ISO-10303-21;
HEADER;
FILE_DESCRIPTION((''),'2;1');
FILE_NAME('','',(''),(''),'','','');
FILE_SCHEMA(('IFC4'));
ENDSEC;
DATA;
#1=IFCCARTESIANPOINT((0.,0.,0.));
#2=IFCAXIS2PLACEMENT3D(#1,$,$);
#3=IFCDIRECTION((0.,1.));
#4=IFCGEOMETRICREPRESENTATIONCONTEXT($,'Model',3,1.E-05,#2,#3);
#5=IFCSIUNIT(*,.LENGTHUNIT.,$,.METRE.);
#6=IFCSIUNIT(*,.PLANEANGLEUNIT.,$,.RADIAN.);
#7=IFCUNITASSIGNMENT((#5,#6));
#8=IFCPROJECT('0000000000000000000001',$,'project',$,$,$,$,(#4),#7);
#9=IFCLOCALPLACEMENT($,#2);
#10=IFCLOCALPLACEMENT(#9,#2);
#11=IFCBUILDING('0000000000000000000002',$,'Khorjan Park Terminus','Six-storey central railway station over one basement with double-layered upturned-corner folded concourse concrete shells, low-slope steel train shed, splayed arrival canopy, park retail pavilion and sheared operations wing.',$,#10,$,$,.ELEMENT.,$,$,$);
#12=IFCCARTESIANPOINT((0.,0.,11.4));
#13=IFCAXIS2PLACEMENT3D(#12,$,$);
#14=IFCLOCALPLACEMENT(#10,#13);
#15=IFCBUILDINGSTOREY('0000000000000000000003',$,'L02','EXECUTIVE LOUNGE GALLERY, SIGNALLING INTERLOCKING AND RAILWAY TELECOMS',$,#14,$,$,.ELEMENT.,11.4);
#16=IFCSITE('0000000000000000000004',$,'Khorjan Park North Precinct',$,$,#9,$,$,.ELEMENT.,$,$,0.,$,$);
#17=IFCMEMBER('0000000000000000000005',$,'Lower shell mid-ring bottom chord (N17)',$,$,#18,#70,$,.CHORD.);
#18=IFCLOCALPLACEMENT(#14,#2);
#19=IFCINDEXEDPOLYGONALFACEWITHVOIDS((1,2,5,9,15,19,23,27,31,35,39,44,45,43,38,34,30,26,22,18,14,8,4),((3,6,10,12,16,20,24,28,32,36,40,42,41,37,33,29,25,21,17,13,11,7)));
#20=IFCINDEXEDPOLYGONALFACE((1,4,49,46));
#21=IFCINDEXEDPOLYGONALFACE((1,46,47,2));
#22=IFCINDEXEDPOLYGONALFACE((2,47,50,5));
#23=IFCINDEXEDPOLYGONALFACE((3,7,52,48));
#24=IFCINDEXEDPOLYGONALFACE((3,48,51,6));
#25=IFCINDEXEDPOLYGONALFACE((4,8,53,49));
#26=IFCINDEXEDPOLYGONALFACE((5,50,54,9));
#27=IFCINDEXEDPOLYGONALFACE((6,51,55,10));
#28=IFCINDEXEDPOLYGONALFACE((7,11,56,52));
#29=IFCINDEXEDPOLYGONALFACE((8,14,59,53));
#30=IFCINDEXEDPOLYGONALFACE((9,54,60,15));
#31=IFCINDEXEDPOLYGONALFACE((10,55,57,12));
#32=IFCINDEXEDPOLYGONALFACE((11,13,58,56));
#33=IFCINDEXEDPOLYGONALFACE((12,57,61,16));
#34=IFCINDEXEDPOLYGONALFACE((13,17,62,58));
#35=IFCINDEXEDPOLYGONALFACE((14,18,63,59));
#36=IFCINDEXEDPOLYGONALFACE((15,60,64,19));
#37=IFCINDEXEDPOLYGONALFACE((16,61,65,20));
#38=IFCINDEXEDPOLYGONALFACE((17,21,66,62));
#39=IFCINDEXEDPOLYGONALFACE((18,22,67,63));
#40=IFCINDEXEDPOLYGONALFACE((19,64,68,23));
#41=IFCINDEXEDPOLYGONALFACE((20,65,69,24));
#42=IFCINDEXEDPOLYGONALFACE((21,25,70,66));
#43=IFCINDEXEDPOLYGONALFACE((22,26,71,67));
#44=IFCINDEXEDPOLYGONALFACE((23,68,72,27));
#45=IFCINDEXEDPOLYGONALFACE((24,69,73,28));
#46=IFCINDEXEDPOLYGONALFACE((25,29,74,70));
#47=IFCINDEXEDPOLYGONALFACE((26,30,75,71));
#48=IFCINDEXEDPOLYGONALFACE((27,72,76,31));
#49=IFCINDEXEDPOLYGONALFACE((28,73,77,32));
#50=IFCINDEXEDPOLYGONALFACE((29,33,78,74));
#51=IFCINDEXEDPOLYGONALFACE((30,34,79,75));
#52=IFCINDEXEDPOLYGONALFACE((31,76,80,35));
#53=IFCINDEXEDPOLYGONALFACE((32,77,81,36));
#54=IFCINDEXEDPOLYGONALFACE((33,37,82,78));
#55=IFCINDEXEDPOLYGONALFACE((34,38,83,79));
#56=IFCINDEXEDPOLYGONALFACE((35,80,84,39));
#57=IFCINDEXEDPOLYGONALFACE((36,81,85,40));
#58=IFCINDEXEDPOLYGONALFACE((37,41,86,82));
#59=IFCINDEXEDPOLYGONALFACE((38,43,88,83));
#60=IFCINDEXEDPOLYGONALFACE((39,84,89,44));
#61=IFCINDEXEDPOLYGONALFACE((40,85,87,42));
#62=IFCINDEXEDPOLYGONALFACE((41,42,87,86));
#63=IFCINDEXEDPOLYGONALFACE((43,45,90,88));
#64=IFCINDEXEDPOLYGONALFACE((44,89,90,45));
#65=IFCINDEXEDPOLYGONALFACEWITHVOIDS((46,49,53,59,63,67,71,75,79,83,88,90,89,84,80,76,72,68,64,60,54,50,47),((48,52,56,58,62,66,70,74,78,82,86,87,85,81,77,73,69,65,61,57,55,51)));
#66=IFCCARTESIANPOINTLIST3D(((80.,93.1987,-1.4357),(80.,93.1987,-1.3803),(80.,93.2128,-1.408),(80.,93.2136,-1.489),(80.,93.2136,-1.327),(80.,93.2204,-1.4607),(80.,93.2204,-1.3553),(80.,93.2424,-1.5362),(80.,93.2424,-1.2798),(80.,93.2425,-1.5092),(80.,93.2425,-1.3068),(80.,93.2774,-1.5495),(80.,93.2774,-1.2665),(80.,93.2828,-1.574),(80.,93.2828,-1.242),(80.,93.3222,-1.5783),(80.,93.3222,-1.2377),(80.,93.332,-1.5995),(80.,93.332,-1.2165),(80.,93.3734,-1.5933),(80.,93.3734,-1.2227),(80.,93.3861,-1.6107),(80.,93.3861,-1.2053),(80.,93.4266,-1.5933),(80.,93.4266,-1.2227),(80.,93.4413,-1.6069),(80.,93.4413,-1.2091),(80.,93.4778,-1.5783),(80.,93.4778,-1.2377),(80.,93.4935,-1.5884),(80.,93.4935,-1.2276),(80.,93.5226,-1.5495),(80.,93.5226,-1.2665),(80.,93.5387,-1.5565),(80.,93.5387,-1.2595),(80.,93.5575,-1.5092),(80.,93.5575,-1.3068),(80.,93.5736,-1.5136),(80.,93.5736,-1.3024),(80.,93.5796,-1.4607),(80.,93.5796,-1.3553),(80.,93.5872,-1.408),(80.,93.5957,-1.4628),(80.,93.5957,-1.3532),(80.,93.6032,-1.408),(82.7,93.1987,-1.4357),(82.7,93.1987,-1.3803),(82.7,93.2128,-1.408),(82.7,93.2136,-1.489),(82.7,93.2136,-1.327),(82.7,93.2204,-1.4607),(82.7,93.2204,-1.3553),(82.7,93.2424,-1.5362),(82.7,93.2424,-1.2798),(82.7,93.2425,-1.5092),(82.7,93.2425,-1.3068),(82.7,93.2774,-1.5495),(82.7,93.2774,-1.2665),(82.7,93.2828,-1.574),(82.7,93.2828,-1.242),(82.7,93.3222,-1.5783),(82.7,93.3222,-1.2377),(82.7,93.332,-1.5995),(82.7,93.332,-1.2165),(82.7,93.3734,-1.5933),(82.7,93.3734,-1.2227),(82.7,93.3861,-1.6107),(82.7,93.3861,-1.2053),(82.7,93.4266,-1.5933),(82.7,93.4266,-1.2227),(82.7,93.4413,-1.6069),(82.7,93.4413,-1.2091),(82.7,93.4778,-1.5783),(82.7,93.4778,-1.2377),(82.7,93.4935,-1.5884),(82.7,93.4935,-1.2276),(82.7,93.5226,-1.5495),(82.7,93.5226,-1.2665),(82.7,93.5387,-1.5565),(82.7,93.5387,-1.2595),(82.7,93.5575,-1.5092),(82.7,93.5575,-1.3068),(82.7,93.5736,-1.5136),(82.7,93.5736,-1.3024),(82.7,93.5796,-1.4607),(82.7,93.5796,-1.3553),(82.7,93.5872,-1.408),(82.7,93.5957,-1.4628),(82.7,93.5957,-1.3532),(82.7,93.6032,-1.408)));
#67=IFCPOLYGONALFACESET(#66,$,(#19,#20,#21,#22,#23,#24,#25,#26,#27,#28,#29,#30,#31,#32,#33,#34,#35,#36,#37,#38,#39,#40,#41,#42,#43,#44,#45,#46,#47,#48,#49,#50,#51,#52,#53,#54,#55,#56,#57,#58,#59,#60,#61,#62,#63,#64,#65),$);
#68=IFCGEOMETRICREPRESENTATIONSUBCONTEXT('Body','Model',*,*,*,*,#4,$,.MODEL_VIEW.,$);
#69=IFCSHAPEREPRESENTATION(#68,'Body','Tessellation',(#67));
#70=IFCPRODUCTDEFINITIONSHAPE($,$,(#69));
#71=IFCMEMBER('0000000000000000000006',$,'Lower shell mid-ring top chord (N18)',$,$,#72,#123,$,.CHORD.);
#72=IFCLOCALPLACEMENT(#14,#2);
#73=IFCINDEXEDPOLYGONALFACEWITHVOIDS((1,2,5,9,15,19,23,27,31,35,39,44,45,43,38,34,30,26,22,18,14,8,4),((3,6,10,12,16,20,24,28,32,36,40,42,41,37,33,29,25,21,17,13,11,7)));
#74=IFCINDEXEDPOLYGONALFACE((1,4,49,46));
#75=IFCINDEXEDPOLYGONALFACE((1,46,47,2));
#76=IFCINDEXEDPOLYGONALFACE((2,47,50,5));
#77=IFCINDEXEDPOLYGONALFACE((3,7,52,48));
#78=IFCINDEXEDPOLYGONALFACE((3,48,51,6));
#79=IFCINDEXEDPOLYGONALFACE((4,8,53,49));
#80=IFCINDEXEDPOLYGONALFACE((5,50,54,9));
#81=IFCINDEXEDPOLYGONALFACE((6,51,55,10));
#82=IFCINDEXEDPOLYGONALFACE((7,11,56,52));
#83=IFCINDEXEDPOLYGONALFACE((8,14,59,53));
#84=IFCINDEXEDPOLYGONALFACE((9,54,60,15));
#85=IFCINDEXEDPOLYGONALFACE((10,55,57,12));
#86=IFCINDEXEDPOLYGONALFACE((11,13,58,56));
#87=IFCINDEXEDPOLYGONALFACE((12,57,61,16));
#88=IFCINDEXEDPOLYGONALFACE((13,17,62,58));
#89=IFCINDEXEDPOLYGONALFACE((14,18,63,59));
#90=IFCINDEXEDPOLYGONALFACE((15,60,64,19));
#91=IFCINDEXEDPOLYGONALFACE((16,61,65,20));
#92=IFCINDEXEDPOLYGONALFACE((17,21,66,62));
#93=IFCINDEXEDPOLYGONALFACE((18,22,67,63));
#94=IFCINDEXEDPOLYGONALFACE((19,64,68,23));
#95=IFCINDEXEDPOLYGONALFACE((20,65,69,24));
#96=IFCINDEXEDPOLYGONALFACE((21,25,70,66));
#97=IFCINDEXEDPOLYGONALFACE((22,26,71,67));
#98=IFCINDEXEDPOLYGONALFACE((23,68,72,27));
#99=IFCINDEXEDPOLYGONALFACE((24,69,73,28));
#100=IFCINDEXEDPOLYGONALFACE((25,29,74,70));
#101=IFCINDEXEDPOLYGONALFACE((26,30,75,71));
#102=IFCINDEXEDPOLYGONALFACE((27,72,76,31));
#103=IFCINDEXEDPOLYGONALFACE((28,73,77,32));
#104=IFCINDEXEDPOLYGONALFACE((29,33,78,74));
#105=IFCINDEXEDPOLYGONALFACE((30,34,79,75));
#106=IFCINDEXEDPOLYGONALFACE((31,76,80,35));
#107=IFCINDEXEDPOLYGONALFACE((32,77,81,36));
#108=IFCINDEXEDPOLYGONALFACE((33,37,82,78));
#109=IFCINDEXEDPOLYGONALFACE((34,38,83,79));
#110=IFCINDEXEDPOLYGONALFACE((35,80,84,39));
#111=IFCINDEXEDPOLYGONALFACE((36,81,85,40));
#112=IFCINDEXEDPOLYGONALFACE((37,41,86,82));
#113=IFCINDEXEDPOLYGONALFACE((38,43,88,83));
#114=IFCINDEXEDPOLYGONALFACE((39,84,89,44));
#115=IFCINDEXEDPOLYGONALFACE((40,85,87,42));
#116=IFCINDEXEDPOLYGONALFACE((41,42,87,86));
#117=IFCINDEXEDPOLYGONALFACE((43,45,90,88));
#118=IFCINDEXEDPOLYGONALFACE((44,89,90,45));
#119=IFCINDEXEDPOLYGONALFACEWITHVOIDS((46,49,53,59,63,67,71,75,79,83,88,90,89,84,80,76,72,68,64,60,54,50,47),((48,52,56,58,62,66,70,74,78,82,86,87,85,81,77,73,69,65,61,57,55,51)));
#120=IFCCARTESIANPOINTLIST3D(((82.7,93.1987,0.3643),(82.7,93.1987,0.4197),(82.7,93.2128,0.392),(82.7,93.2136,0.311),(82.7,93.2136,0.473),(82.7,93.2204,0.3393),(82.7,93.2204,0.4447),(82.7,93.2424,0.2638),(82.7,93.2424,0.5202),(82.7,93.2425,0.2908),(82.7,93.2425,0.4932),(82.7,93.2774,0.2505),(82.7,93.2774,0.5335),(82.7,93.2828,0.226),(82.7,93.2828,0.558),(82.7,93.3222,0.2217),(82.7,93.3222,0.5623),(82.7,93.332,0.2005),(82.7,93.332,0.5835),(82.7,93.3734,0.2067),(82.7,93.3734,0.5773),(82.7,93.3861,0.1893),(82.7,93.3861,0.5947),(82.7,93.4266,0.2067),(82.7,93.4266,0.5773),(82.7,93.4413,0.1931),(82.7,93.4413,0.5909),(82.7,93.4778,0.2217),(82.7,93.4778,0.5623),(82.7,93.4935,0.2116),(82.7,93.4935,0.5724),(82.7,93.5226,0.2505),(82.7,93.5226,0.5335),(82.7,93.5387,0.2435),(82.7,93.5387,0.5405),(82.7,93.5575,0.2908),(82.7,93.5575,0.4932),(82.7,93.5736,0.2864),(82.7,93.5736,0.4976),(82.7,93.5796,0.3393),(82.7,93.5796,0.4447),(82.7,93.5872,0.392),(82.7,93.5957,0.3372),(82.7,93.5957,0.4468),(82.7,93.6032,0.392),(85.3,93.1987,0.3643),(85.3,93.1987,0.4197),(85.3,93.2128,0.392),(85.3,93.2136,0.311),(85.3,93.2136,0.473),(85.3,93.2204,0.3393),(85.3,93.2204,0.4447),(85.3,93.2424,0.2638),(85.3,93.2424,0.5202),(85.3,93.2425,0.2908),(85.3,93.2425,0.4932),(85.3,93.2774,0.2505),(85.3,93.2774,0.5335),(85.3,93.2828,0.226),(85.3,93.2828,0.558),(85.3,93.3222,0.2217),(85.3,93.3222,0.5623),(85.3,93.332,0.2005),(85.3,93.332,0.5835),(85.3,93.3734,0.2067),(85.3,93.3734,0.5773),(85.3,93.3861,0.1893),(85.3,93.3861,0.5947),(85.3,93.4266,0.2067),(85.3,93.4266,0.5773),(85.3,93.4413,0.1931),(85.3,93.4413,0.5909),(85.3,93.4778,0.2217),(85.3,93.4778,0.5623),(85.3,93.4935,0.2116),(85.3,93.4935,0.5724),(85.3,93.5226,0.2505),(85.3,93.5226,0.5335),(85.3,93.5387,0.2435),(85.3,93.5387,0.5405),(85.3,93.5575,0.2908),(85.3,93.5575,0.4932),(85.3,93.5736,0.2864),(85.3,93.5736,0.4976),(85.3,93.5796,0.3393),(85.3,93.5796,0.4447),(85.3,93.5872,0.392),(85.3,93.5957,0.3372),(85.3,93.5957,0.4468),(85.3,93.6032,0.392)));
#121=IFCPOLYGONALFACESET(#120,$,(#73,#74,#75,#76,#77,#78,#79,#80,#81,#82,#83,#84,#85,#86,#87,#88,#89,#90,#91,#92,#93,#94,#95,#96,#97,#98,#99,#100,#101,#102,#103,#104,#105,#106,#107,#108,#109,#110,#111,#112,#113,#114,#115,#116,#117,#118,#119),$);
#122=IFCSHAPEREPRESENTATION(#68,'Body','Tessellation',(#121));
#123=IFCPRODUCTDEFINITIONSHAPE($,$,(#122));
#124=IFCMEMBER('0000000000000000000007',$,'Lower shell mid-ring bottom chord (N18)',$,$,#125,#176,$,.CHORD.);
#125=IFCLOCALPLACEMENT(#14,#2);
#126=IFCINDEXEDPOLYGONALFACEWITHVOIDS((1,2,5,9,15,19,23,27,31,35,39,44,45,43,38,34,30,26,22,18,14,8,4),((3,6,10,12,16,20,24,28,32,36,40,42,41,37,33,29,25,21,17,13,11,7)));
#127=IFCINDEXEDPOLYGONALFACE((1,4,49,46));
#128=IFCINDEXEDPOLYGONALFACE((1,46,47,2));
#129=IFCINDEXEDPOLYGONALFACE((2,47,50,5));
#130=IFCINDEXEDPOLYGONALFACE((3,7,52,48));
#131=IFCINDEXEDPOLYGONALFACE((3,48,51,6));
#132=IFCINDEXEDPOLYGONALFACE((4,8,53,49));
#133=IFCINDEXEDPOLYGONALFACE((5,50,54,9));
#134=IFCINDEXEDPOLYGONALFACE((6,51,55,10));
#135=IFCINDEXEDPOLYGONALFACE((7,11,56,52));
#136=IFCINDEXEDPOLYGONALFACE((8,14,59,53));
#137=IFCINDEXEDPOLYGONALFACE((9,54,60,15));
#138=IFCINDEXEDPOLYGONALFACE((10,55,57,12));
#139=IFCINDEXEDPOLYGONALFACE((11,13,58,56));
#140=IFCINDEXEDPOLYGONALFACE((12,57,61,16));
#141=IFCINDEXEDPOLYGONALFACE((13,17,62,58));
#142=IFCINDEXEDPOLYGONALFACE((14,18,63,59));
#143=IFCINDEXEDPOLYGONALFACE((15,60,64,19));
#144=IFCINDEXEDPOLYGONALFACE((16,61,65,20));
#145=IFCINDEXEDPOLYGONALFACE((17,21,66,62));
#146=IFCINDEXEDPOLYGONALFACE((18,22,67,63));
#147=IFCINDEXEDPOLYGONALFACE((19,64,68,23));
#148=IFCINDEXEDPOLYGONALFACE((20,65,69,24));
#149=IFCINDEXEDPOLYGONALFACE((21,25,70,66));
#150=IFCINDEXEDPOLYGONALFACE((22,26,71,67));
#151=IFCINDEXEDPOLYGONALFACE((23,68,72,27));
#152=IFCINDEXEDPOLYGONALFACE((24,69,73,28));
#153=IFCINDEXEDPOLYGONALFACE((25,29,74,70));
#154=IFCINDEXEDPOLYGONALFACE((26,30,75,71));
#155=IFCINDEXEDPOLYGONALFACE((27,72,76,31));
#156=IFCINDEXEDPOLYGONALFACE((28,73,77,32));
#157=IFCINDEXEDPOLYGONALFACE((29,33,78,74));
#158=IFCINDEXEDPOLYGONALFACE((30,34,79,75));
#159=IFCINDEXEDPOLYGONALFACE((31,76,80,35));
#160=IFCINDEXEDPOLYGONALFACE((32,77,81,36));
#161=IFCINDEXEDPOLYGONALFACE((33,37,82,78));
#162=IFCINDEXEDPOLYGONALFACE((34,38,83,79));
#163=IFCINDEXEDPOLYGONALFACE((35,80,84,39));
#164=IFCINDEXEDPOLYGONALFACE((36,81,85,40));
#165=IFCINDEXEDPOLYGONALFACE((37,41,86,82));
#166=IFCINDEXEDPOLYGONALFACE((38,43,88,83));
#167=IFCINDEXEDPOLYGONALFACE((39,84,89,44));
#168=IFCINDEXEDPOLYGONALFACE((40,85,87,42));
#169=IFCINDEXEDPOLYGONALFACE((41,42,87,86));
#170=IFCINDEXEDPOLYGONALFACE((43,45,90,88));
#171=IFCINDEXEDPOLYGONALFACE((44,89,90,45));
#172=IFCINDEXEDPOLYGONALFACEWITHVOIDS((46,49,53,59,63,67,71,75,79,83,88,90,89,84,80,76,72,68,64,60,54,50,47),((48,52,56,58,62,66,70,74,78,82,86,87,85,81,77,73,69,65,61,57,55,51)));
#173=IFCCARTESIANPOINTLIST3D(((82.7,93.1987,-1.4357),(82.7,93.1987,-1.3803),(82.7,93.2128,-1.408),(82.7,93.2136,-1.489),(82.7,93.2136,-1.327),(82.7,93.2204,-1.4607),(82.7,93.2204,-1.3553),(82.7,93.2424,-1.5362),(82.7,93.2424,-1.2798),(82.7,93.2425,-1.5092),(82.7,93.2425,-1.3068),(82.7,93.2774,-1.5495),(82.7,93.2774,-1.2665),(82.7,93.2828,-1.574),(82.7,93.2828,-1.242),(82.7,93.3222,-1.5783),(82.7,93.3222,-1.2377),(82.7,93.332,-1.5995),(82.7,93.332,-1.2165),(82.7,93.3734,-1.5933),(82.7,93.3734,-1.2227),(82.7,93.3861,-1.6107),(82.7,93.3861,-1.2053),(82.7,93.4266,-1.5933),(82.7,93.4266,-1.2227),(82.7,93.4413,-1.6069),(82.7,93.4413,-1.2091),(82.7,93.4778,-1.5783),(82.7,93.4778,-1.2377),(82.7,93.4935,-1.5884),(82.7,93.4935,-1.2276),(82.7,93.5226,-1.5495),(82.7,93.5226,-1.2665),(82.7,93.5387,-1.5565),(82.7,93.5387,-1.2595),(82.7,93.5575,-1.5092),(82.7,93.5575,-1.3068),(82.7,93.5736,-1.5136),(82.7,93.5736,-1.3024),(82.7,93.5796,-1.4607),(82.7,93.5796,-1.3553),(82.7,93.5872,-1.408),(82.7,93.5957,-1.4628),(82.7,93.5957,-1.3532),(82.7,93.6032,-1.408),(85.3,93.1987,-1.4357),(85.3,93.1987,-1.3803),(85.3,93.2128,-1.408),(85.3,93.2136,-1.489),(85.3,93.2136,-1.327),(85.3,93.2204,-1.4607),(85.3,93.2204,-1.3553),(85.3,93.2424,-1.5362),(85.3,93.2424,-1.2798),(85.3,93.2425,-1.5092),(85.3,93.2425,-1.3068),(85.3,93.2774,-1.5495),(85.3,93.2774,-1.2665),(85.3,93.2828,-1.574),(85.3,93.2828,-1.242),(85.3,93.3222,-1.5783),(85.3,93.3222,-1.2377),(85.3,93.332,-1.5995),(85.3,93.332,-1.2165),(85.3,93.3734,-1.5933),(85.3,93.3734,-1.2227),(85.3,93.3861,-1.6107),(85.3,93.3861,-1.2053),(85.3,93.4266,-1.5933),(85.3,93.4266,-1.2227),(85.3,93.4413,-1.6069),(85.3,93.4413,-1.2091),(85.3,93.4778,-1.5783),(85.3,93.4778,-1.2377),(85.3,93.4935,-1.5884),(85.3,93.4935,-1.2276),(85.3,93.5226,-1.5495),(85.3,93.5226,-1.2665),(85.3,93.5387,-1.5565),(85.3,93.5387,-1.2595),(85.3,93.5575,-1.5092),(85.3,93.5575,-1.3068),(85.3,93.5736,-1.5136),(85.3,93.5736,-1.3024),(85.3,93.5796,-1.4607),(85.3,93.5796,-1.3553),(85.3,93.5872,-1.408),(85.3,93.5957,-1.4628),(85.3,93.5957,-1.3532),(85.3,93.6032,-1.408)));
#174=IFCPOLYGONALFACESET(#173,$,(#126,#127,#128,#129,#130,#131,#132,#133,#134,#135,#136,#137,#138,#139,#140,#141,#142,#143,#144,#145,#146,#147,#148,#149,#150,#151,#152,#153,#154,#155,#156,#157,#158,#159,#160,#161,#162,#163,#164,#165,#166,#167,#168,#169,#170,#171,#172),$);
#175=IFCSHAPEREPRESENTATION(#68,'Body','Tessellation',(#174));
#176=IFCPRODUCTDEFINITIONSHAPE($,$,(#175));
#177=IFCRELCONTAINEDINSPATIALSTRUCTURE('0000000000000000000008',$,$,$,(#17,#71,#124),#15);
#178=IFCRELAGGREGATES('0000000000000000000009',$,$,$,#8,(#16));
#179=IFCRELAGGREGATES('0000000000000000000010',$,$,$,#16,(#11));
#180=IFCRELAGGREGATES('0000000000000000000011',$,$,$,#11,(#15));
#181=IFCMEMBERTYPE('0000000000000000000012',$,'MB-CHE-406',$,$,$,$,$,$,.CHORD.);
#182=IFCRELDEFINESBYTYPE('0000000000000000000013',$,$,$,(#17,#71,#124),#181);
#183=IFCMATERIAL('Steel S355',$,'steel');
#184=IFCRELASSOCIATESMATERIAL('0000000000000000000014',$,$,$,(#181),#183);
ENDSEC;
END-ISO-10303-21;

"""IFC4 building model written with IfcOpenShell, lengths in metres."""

from ifc_helpers import new_model, si_unit, direction, frame, origin, origin_2d, place, context, subcontext, project, spatial, hollow_circle, extrude, material, material_profile, profile_set, type_object, element, save


model = new_model("IFC4")

# Units and contexts
model_context = context("Model", 3, precision=1e-05, world=origin(), true_north=direction((0.0, 1.0)))
body_context = subcontext(model_context, "Body", "Model", "MODEL_VIEW")
ifc_project = project(units=[si_unit("LENGTHUNIT", "METRE"), si_unit("PLANEANGLEUNIT", "RADIAN")], contexts=[model_context])

# Site, building, storey
site_placement = place(None, origin())
site = spatial("IfcSite", under=ifc_project, at=site_placement, Name="Khorjan Park North Precinct", CompositionType="ELEMENT", RefElevation=0.0)
building_placement = place(site_placement, origin())
building = spatial("IfcBuilding", under=site, at=building_placement, Name="Khorjan Park Terminus", Description="Six-storey central railway station over one basement with double-layered upturned-corner folded concourse concrete shells, low-slope steel train shed, splayed arrival canopy, park retail pavilion and sheared operations wing.", CompositionType="ELEMENT")
storey_placement = place(building_placement, frame((0.0, 0.0, 11.4)))
storey = spatial("IfcBuildingStorey", under=building, at=storey_placement, Name="L02", Description="EXECUTIVE LOUNGE GALLERY, SIGNALLING INTERLOCKING AND RAILWAY TELECOMS", CompositionType="ELEMENT", Elevation=11.4)

# Members
ifc_material_1 = material(Name="Steel S355", Category="steel")
ifc_material_profile_1 = material_profile(ifc_material_1, hollow_circle(Radius=0.2032, WallThickness=0.016, at=origin_2d()), Name="CHS 406.4x16")
ifc_profile_set_1 = profile_set([ifc_material_profile_1], Name="Steel S355")
member_type_1 = type_object("IfcMemberType", Name="MB-CHE-406", PredefinedType="CHORD", material=ifc_profile_set_1)
for number, where, z_axis, x_axis, name in (
    (1, (80.0, 93.4, -1.408), (1.0, 0.0, 0.0), (0.0, 1.0, 0.0), "Lower shell mid-ring bottom chord (N17)"),
):
    element("IfcMember", number, at=place(storey_placement, frame(where, z_axis=z_axis, x_axis=x_axis)), inside=storey, type_object=member_type_1, Name=name, PredefinedType="CHORD", context=body_context, shape_type="SweptSolid", body=[
        extrude(hollow_circle(Radius=0.2032, WallThickness=0.016, at=origin_2d()), origin(), (0.0, 0.0, 1.0), 2.7),
    ])
for number, where, z_axis, x_axis, name in (
    (2, (82.7, 93.4, 0.392), (1.0, 0.0, 0.0), (0.0, 1.0, 0.0), "Lower shell mid-ring top chord (N18)"),
    (3, (82.7, 93.4, -1.408), (1.0, 0.0, 0.0), (0.0, 1.0, 0.0), "Lower shell mid-ring bottom chord (N18)"),
):
    element("IfcMember", number, at=place(storey_placement, frame(where, z_axis=z_axis, x_axis=x_axis)), inside=storey, type_object=member_type_1, Name=name, PredefinedType="CHORD", context=body_context, shape_type="SweptSolid", body=[
        extrude(hollow_circle(Radius=0.2032, WallThickness=0.016, at=origin_2d()), origin(), (0.0, 0.0, 1.0), 2.6),
    ])

save(model, "model.ifc")
